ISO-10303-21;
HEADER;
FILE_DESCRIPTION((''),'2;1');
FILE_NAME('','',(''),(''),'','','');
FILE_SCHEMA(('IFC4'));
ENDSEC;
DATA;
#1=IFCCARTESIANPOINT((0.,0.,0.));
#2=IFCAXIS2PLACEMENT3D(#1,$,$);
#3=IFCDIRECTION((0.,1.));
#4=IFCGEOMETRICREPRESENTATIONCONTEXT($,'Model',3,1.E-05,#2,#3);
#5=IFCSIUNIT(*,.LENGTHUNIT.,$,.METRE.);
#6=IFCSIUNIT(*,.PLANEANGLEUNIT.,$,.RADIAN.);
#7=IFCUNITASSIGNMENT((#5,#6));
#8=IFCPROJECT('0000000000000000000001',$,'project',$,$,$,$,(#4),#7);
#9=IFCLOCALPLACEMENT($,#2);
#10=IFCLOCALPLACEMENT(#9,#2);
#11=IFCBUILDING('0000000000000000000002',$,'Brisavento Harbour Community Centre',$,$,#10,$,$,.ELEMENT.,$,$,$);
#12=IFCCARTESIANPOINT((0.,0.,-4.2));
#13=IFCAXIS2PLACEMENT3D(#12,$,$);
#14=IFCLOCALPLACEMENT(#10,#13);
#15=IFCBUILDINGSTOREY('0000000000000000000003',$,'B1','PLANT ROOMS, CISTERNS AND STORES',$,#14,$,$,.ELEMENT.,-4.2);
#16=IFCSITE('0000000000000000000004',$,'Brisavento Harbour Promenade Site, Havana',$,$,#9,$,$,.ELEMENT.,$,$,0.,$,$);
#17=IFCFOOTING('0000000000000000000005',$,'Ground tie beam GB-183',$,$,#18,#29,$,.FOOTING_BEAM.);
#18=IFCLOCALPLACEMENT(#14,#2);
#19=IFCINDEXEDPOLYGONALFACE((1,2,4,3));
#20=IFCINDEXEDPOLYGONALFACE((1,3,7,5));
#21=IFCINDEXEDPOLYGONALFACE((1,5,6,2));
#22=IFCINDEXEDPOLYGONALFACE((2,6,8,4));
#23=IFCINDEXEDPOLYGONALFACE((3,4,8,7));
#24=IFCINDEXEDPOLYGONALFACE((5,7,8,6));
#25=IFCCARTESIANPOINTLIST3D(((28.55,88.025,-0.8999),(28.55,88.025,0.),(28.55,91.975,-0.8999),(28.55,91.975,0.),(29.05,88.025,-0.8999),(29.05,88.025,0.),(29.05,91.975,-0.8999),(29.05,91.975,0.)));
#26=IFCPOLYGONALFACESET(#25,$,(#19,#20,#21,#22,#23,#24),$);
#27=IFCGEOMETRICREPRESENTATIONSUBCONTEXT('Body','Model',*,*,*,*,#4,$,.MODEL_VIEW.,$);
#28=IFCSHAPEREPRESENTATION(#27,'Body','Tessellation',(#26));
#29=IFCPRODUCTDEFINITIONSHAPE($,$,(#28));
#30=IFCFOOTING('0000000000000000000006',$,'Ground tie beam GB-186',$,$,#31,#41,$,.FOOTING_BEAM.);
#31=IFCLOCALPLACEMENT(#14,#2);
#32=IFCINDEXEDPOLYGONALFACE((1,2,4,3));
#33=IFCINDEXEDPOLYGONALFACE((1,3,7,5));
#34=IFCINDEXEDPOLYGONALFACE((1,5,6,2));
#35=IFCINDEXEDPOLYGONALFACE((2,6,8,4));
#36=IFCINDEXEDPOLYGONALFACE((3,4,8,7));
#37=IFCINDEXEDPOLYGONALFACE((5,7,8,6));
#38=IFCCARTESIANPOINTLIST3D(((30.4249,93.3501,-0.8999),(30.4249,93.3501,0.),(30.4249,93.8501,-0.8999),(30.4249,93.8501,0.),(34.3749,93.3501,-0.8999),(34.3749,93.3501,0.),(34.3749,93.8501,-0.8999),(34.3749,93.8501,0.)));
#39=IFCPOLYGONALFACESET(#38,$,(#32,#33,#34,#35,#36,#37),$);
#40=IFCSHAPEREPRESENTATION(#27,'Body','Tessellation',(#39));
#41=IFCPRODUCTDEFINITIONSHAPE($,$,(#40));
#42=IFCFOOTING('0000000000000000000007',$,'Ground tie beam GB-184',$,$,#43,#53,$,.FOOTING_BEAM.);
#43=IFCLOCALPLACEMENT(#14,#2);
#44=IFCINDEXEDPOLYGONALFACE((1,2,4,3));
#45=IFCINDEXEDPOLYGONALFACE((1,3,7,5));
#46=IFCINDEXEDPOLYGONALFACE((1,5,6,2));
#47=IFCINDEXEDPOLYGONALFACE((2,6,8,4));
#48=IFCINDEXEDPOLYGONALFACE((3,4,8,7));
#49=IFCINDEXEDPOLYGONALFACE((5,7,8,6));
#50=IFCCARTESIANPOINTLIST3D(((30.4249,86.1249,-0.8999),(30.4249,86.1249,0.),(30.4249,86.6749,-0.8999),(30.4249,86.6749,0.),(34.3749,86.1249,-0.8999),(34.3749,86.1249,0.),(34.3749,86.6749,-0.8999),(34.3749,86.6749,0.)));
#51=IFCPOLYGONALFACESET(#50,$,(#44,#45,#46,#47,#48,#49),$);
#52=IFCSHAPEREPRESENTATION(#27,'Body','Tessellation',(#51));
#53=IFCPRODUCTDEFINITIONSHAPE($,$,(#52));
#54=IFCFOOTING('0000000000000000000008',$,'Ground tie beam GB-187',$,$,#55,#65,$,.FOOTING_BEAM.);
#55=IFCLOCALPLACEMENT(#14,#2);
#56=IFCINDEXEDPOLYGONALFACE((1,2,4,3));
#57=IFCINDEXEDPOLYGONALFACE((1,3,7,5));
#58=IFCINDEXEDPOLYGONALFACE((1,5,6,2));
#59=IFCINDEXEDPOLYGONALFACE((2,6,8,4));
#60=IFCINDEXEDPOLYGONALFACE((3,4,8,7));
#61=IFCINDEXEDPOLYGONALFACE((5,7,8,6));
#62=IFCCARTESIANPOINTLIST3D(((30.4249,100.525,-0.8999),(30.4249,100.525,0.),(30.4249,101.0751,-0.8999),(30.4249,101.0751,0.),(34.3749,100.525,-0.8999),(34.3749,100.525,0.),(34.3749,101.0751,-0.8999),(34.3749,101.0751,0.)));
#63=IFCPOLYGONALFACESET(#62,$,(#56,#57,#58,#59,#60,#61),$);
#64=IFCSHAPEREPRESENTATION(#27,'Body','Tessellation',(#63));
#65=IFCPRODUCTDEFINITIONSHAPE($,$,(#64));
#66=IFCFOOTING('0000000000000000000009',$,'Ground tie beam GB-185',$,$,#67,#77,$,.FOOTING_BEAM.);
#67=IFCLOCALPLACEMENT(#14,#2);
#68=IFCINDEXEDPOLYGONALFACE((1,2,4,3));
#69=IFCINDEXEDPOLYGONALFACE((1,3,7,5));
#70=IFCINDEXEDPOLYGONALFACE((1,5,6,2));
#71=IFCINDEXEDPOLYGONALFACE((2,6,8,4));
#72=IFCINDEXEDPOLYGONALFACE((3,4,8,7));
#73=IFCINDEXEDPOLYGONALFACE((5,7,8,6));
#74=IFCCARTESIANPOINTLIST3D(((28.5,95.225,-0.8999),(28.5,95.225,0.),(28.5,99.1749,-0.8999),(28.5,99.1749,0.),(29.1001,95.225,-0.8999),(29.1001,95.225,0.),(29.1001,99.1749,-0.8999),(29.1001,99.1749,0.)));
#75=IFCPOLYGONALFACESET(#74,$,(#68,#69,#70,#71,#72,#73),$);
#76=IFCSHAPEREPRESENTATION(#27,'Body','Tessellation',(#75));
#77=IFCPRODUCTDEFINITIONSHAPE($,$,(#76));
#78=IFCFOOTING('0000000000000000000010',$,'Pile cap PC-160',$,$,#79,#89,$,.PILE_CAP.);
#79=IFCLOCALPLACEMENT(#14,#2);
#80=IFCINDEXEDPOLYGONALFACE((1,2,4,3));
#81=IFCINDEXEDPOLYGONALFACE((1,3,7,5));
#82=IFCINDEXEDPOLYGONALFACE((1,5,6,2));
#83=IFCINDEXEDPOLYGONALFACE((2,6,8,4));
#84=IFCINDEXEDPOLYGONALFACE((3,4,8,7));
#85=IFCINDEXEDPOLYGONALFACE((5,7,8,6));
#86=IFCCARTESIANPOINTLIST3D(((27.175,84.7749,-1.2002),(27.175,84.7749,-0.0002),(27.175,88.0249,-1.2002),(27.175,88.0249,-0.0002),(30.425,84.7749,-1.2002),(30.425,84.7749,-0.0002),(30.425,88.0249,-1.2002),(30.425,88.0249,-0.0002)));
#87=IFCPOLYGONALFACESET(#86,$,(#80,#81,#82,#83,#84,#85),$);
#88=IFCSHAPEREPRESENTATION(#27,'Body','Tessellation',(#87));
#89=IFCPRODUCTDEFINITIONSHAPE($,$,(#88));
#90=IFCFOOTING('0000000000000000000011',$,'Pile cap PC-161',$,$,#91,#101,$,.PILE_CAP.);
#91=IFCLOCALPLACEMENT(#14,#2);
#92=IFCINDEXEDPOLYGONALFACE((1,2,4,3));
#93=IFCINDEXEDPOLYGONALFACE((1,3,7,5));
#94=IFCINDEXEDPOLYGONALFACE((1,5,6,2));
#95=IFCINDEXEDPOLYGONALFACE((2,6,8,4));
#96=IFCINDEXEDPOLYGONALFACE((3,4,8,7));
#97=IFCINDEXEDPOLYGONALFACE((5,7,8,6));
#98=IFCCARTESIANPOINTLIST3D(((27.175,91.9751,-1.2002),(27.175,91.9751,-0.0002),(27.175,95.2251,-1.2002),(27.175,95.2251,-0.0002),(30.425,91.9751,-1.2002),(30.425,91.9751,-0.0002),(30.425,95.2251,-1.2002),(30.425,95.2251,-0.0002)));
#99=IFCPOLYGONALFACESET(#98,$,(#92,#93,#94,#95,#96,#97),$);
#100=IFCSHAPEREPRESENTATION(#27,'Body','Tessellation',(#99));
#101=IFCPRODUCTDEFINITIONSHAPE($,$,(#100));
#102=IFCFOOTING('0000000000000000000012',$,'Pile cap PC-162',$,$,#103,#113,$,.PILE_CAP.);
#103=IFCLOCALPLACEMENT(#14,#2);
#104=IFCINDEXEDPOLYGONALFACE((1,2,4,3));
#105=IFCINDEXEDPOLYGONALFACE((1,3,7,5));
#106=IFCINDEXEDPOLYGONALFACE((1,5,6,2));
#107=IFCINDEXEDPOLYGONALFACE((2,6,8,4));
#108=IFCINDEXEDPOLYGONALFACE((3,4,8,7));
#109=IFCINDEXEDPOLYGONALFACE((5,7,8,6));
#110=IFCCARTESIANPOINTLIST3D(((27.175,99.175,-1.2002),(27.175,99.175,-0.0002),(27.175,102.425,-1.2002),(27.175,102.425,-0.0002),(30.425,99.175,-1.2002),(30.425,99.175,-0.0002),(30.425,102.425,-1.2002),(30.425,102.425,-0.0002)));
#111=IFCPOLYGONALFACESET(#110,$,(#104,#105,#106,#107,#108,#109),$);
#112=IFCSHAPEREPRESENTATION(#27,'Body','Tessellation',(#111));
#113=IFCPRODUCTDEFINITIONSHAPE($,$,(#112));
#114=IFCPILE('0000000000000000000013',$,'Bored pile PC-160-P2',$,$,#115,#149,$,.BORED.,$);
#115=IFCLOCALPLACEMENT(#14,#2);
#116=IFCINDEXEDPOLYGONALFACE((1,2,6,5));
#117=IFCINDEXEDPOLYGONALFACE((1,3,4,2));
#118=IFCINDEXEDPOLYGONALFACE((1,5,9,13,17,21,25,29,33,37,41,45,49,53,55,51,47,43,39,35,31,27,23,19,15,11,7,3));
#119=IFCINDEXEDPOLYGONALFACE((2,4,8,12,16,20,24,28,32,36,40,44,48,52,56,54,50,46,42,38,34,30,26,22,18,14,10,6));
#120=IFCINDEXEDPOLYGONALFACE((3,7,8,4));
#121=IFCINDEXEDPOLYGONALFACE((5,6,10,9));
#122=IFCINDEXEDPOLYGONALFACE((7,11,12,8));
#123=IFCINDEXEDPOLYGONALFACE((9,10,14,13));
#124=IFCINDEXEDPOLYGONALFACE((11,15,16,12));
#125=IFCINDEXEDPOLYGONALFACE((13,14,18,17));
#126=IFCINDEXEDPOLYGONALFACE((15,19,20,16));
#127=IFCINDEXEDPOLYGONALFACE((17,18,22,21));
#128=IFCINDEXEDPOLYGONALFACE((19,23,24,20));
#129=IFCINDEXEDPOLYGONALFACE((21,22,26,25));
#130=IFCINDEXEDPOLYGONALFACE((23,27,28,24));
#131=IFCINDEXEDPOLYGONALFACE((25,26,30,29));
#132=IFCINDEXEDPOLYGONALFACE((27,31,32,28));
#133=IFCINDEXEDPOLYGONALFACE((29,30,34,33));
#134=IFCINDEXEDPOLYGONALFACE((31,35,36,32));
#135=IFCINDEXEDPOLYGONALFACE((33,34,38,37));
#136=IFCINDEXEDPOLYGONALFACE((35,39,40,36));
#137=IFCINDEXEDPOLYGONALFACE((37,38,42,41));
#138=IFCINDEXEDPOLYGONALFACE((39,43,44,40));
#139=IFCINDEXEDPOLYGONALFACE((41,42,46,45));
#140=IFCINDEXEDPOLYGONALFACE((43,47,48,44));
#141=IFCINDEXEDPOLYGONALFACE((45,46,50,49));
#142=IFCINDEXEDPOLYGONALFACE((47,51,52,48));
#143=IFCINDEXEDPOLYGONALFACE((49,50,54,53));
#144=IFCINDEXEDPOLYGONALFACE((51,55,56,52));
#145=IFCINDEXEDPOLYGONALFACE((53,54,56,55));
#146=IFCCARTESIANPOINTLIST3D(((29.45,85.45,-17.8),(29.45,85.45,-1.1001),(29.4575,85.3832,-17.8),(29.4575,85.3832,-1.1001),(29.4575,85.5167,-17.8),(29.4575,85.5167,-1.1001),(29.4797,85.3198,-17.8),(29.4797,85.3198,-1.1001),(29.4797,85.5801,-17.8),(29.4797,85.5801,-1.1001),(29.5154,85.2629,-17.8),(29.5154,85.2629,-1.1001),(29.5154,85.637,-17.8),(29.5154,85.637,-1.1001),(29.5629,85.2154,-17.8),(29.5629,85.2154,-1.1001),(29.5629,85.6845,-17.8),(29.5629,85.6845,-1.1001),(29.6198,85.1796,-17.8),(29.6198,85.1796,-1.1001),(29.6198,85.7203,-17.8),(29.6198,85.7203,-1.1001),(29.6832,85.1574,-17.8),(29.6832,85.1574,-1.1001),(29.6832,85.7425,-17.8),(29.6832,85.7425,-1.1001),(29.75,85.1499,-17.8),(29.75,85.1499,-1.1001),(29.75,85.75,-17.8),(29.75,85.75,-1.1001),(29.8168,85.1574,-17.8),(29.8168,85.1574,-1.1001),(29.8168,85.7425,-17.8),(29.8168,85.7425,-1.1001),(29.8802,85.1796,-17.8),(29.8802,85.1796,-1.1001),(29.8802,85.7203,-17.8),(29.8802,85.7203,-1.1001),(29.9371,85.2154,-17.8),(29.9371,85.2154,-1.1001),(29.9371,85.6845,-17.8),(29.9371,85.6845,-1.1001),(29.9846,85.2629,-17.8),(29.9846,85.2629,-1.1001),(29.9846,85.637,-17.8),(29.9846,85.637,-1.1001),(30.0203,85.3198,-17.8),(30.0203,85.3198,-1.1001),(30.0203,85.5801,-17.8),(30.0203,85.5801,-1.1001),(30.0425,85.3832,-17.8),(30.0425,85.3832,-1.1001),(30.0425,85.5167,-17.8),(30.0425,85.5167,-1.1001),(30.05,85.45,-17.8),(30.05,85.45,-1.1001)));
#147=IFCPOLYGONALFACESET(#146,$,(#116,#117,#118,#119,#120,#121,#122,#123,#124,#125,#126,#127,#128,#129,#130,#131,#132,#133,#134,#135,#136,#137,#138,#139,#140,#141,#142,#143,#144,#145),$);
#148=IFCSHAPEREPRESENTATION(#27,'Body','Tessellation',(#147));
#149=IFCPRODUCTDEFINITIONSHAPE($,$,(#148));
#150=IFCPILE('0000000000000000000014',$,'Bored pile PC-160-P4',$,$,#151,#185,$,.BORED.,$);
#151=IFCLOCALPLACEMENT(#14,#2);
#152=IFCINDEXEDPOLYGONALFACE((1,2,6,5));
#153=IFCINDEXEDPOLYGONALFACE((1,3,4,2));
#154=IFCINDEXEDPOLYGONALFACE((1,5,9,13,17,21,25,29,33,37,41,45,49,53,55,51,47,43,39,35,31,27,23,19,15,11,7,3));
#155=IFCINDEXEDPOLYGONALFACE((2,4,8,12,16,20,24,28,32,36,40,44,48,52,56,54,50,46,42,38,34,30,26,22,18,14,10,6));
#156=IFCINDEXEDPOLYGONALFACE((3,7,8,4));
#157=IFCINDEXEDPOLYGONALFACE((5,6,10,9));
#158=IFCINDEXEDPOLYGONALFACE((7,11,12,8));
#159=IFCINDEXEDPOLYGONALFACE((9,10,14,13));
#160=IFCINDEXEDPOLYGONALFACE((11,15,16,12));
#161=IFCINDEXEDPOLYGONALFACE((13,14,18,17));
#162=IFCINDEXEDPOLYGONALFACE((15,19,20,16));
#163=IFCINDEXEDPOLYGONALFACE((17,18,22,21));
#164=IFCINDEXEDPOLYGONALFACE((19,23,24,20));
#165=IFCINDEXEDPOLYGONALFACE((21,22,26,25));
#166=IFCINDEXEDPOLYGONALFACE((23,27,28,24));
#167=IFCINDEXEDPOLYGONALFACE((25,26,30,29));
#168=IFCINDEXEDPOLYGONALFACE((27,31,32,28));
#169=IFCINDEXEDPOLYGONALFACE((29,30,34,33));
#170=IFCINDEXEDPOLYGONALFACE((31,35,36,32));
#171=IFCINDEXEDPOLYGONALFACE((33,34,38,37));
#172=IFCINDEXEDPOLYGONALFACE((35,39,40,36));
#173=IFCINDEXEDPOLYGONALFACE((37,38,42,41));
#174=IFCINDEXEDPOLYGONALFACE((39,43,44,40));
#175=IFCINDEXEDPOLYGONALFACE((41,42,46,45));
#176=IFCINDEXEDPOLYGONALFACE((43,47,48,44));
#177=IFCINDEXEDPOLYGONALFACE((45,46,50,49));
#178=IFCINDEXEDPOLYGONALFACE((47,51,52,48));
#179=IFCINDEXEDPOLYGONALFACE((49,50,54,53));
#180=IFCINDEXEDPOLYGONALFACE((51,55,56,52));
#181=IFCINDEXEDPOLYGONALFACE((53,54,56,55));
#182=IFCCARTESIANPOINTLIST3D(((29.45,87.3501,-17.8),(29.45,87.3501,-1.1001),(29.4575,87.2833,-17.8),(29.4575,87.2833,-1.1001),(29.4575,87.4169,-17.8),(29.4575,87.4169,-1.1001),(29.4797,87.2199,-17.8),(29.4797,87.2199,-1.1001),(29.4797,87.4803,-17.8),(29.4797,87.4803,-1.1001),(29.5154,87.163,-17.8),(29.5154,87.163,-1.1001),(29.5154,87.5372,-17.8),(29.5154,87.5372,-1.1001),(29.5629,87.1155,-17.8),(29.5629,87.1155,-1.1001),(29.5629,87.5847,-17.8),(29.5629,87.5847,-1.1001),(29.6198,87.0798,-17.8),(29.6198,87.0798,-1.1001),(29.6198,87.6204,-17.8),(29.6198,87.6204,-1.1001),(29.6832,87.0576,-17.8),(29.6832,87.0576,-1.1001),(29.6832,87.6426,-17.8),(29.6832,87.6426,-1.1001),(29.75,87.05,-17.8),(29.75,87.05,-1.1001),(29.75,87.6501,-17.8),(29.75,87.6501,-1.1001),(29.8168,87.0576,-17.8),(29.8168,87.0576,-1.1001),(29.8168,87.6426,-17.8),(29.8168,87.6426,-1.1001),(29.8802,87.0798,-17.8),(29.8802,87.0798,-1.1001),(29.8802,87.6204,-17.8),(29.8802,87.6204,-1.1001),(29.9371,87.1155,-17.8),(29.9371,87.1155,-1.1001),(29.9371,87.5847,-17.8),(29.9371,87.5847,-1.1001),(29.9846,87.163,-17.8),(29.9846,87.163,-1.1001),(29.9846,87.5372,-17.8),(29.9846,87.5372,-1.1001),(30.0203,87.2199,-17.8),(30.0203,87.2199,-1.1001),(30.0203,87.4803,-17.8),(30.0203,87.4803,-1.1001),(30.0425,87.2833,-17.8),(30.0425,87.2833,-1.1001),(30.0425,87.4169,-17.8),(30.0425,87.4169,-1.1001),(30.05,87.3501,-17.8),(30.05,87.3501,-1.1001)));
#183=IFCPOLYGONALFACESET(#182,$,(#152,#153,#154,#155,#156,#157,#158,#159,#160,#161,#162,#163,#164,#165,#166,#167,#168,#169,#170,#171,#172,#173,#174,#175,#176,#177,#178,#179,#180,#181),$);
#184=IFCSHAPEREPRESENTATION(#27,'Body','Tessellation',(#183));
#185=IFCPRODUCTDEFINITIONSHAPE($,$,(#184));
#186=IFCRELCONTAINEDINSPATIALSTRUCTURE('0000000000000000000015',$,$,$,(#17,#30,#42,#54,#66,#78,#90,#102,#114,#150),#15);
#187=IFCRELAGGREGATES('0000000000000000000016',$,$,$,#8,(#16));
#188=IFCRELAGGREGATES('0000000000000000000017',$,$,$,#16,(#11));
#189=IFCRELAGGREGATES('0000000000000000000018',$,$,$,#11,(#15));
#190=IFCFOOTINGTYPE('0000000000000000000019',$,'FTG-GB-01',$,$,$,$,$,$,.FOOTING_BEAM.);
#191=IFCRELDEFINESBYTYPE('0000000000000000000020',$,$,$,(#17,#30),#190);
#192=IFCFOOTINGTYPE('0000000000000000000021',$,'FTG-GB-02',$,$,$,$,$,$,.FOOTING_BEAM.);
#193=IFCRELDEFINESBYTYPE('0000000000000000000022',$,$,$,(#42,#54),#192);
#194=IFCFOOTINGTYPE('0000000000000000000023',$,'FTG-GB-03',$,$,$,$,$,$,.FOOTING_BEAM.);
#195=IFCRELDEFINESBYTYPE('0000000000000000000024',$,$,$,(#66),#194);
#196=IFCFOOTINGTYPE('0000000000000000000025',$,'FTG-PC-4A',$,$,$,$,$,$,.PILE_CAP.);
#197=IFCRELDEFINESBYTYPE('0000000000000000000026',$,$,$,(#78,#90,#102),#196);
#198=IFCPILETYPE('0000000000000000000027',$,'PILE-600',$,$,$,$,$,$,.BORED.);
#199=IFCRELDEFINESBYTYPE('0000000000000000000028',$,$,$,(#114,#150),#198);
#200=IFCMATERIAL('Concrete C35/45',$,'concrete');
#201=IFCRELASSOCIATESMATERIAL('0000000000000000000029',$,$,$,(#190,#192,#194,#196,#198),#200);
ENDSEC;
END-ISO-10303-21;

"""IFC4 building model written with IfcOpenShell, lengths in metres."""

from ifc_helpers import new_model, si_unit, direction, frame, origin, origin_2d, place, context, subcontext, project, spatial, rectangle, circle, extrude, material, material_profile, profile_set, type_object, element, save


model = new_model("IFC4")

# Units and contexts
model_context = context("Model", 3, precision=1e-05, world=origin(), true_north=direction((0.0, 1.0)))
body_context = subcontext(model_context, "Body", "Model", "MODEL_VIEW")
ifc_project = project(units=[si_unit("LENGTHUNIT", "METRE"), si_unit("PLANEANGLEUNIT", "RADIAN")], contexts=[model_context])

# Site, building, storey
site_placement = place(None, origin())
site = spatial("IfcSite", under=ifc_project, at=site_placement, Name="Brisavento Harbour Promenade Site, Havana", CompositionType="ELEMENT", RefElevation=0.0)
building_placement = place(site_placement, origin())
building = spatial("IfcBuilding", under=site, at=building_placement, Name="Brisavento Harbour Community Centre", CompositionType="ELEMENT")
storey_placement = place(building_placement, frame((0.0, 0.0, -4.2)))
storey = spatial("IfcBuildingStorey", under=building, at=storey_placement, Name="B1", Description="PLANT ROOMS, CISTERNS AND STORES", CompositionType="ELEMENT", Elevation=-4.2)

# Footings
ifc_material = material(Name="Concrete C35/45", Category="concrete")
footing_type_1 = type_object("IfcFootingType", Name="FTG-GB-01", PredefinedType="FOOTING_BEAM", material=ifc_material)
footing_1_placement = place(storey_placement, frame((28.8, 90.0, -0.8999), z_axis=(0.0, 0.0, 1.0), x_axis=(1.0, 0.0, 0.0)))
element("IfcFooting", 1, at=footing_1_placement, inside=storey, type_object=footing_type_1, Name="Ground tie beam GB-183", PredefinedType="FOOTING_BEAM", context=body_context, shape_type="SweptSolid", body=[
    extrude(rectangle(XDim=0.5, YDim=3.95, at=origin_2d()), origin(), (0.0, 0.0, 1.0), 0.8999),
])
footing_2_placement = place(storey_placement, frame((32.3999, 93.6001, -0.8999), z_axis=(0.0, 0.0, 1.0), x_axis=(1.0, 0.0, 0.0)))
element("IfcFooting", 2, at=footing_2_placement, inside=storey, type_object=footing_type_1, Name="Ground tie beam GB-186", PredefinedType="FOOTING_BEAM", context=body_context, shape_type="SweptSolid", body=[
    extrude(rectangle(XDim=3.95, YDim=0.5, at=origin_2d()), origin(), (0.0, 0.0, 1.0), 0.8999),
])
footing_type_2 = type_object("IfcFootingType", Name="FTG-GB-02", PredefinedType="FOOTING_BEAM", material=ifc_material)
for number, where, z_axis, x_axis, name in (
    (3, (32.3999, 86.3999, -0.8999), (0.0, 0.0, 1.0), (1.0, 0.0, 0.0), "Ground tie beam GB-184"),
    (4, (32.3999, 100.8, -0.8999), (0.0, 0.0, 1.0), (1.0, 0.0, 0.0), "Ground tie beam GB-187"),
):
    element("IfcFooting", number, at=place(storey_placement, frame(where, z_axis=z_axis, x_axis=x_axis)), inside=storey, type_object=footing_type_2, Name=name, PredefinedType="FOOTING_BEAM", context=body_context, shape_type="SweptSolid", body=[
        extrude(rectangle(XDim=3.95, YDim=0.55, at=origin_2d()), origin(), (0.0, 0.0, 1.0), 0.8999),
    ])
footing_type_3 = type_object("IfcFootingType", Name="FTG-GB-03", PredefinedType="FOOTING_BEAM", material=ifc_material)
footing_3_placement = place(storey_placement, frame((28.8, 97.2, -0.8999), z_axis=(0.0, 0.0, 1.0), x_axis=(1.0, 0.0, 0.0)))
element("IfcFooting", 5, at=footing_3_placement, inside=storey, type_object=footing_type_3, Name="Ground tie beam GB-185", PredefinedType="FOOTING_BEAM", context=body_context, shape_type="SweptSolid", body=[
    extrude(rectangle(XDim=0.6001, YDim=3.95, at=origin_2d()), origin(), (0.0, 0.0, 1.0), 0.8999),
])
footing_type_4 = type_object("IfcFootingType", Name="FTG-PC-4A", PredefinedType="PILE_CAP", material=ifc_material)
for number, where, z_axis, x_axis, name in (
    (6, (28.8, 86.3999, -1.2002), (0.0, 0.0, 1.0), (1.0, 0.0, 0.0), "Pile cap PC-160"),
    (7, (28.8, 93.6001, -1.2002), (0.0, 0.0, 1.0), (1.0, 0.0, 0.0), "Pile cap PC-161"),
    (8, (28.8, 100.8, -1.2002), (0.0, 0.0, 1.0), (1.0, 0.0, 0.0), "Pile cap PC-162"),
):
    element("IfcFooting", number, at=place(storey_placement, frame(where, z_axis=z_axis, x_axis=x_axis)), inside=storey, type_object=footing_type_4, Name=name, PredefinedType="PILE_CAP", context=body_context, shape_type="SweptSolid", body=[
        extrude(rectangle(XDim=3.25, YDim=3.25, at=origin_2d()), origin(), (0.0, 0.0, 1.0), 1.2),
    ])

# Piles
ifc_material_profile_1 = material_profile(ifc_material, circle(Radius=0.3, at=origin_2d()), Name="Concrete C35/45")
ifc_profile_set_1 = profile_set([ifc_material_profile_1], Name="Concrete C35/45")
pile_type = type_object("IfcPileType", Name="PILE-600", PredefinedType="BORED", material=ifc_profile_set_1)
for number, where, z_axis, x_axis, name in (
    (9, (29.75, 85.45, -1.1001), (0.0, 0.0, -1.0), (1.0, 0.0, 0.0), "Bored pile PC-160-P2"),
    (10, (29.75, 87.3501, -1.1001), (0.0, 0.0, -1.0), (1.0, 0.0, 0.0), "Bored pile PC-160-P4"),
):
    element("IfcPile", number, at=place(storey_placement, frame(where, z_axis=z_axis, x_axis=x_axis)), inside=storey, type_object=pile_type, Name=name, PredefinedType="BORED", context=body_context, shape_type="SweptSolid", body=[
        extrude(circle(Radius=0.3, at=origin_2d()), origin(), (0.0, 0.0, 1.0), 16.7),
    ])

save(model, "model.ifc")
